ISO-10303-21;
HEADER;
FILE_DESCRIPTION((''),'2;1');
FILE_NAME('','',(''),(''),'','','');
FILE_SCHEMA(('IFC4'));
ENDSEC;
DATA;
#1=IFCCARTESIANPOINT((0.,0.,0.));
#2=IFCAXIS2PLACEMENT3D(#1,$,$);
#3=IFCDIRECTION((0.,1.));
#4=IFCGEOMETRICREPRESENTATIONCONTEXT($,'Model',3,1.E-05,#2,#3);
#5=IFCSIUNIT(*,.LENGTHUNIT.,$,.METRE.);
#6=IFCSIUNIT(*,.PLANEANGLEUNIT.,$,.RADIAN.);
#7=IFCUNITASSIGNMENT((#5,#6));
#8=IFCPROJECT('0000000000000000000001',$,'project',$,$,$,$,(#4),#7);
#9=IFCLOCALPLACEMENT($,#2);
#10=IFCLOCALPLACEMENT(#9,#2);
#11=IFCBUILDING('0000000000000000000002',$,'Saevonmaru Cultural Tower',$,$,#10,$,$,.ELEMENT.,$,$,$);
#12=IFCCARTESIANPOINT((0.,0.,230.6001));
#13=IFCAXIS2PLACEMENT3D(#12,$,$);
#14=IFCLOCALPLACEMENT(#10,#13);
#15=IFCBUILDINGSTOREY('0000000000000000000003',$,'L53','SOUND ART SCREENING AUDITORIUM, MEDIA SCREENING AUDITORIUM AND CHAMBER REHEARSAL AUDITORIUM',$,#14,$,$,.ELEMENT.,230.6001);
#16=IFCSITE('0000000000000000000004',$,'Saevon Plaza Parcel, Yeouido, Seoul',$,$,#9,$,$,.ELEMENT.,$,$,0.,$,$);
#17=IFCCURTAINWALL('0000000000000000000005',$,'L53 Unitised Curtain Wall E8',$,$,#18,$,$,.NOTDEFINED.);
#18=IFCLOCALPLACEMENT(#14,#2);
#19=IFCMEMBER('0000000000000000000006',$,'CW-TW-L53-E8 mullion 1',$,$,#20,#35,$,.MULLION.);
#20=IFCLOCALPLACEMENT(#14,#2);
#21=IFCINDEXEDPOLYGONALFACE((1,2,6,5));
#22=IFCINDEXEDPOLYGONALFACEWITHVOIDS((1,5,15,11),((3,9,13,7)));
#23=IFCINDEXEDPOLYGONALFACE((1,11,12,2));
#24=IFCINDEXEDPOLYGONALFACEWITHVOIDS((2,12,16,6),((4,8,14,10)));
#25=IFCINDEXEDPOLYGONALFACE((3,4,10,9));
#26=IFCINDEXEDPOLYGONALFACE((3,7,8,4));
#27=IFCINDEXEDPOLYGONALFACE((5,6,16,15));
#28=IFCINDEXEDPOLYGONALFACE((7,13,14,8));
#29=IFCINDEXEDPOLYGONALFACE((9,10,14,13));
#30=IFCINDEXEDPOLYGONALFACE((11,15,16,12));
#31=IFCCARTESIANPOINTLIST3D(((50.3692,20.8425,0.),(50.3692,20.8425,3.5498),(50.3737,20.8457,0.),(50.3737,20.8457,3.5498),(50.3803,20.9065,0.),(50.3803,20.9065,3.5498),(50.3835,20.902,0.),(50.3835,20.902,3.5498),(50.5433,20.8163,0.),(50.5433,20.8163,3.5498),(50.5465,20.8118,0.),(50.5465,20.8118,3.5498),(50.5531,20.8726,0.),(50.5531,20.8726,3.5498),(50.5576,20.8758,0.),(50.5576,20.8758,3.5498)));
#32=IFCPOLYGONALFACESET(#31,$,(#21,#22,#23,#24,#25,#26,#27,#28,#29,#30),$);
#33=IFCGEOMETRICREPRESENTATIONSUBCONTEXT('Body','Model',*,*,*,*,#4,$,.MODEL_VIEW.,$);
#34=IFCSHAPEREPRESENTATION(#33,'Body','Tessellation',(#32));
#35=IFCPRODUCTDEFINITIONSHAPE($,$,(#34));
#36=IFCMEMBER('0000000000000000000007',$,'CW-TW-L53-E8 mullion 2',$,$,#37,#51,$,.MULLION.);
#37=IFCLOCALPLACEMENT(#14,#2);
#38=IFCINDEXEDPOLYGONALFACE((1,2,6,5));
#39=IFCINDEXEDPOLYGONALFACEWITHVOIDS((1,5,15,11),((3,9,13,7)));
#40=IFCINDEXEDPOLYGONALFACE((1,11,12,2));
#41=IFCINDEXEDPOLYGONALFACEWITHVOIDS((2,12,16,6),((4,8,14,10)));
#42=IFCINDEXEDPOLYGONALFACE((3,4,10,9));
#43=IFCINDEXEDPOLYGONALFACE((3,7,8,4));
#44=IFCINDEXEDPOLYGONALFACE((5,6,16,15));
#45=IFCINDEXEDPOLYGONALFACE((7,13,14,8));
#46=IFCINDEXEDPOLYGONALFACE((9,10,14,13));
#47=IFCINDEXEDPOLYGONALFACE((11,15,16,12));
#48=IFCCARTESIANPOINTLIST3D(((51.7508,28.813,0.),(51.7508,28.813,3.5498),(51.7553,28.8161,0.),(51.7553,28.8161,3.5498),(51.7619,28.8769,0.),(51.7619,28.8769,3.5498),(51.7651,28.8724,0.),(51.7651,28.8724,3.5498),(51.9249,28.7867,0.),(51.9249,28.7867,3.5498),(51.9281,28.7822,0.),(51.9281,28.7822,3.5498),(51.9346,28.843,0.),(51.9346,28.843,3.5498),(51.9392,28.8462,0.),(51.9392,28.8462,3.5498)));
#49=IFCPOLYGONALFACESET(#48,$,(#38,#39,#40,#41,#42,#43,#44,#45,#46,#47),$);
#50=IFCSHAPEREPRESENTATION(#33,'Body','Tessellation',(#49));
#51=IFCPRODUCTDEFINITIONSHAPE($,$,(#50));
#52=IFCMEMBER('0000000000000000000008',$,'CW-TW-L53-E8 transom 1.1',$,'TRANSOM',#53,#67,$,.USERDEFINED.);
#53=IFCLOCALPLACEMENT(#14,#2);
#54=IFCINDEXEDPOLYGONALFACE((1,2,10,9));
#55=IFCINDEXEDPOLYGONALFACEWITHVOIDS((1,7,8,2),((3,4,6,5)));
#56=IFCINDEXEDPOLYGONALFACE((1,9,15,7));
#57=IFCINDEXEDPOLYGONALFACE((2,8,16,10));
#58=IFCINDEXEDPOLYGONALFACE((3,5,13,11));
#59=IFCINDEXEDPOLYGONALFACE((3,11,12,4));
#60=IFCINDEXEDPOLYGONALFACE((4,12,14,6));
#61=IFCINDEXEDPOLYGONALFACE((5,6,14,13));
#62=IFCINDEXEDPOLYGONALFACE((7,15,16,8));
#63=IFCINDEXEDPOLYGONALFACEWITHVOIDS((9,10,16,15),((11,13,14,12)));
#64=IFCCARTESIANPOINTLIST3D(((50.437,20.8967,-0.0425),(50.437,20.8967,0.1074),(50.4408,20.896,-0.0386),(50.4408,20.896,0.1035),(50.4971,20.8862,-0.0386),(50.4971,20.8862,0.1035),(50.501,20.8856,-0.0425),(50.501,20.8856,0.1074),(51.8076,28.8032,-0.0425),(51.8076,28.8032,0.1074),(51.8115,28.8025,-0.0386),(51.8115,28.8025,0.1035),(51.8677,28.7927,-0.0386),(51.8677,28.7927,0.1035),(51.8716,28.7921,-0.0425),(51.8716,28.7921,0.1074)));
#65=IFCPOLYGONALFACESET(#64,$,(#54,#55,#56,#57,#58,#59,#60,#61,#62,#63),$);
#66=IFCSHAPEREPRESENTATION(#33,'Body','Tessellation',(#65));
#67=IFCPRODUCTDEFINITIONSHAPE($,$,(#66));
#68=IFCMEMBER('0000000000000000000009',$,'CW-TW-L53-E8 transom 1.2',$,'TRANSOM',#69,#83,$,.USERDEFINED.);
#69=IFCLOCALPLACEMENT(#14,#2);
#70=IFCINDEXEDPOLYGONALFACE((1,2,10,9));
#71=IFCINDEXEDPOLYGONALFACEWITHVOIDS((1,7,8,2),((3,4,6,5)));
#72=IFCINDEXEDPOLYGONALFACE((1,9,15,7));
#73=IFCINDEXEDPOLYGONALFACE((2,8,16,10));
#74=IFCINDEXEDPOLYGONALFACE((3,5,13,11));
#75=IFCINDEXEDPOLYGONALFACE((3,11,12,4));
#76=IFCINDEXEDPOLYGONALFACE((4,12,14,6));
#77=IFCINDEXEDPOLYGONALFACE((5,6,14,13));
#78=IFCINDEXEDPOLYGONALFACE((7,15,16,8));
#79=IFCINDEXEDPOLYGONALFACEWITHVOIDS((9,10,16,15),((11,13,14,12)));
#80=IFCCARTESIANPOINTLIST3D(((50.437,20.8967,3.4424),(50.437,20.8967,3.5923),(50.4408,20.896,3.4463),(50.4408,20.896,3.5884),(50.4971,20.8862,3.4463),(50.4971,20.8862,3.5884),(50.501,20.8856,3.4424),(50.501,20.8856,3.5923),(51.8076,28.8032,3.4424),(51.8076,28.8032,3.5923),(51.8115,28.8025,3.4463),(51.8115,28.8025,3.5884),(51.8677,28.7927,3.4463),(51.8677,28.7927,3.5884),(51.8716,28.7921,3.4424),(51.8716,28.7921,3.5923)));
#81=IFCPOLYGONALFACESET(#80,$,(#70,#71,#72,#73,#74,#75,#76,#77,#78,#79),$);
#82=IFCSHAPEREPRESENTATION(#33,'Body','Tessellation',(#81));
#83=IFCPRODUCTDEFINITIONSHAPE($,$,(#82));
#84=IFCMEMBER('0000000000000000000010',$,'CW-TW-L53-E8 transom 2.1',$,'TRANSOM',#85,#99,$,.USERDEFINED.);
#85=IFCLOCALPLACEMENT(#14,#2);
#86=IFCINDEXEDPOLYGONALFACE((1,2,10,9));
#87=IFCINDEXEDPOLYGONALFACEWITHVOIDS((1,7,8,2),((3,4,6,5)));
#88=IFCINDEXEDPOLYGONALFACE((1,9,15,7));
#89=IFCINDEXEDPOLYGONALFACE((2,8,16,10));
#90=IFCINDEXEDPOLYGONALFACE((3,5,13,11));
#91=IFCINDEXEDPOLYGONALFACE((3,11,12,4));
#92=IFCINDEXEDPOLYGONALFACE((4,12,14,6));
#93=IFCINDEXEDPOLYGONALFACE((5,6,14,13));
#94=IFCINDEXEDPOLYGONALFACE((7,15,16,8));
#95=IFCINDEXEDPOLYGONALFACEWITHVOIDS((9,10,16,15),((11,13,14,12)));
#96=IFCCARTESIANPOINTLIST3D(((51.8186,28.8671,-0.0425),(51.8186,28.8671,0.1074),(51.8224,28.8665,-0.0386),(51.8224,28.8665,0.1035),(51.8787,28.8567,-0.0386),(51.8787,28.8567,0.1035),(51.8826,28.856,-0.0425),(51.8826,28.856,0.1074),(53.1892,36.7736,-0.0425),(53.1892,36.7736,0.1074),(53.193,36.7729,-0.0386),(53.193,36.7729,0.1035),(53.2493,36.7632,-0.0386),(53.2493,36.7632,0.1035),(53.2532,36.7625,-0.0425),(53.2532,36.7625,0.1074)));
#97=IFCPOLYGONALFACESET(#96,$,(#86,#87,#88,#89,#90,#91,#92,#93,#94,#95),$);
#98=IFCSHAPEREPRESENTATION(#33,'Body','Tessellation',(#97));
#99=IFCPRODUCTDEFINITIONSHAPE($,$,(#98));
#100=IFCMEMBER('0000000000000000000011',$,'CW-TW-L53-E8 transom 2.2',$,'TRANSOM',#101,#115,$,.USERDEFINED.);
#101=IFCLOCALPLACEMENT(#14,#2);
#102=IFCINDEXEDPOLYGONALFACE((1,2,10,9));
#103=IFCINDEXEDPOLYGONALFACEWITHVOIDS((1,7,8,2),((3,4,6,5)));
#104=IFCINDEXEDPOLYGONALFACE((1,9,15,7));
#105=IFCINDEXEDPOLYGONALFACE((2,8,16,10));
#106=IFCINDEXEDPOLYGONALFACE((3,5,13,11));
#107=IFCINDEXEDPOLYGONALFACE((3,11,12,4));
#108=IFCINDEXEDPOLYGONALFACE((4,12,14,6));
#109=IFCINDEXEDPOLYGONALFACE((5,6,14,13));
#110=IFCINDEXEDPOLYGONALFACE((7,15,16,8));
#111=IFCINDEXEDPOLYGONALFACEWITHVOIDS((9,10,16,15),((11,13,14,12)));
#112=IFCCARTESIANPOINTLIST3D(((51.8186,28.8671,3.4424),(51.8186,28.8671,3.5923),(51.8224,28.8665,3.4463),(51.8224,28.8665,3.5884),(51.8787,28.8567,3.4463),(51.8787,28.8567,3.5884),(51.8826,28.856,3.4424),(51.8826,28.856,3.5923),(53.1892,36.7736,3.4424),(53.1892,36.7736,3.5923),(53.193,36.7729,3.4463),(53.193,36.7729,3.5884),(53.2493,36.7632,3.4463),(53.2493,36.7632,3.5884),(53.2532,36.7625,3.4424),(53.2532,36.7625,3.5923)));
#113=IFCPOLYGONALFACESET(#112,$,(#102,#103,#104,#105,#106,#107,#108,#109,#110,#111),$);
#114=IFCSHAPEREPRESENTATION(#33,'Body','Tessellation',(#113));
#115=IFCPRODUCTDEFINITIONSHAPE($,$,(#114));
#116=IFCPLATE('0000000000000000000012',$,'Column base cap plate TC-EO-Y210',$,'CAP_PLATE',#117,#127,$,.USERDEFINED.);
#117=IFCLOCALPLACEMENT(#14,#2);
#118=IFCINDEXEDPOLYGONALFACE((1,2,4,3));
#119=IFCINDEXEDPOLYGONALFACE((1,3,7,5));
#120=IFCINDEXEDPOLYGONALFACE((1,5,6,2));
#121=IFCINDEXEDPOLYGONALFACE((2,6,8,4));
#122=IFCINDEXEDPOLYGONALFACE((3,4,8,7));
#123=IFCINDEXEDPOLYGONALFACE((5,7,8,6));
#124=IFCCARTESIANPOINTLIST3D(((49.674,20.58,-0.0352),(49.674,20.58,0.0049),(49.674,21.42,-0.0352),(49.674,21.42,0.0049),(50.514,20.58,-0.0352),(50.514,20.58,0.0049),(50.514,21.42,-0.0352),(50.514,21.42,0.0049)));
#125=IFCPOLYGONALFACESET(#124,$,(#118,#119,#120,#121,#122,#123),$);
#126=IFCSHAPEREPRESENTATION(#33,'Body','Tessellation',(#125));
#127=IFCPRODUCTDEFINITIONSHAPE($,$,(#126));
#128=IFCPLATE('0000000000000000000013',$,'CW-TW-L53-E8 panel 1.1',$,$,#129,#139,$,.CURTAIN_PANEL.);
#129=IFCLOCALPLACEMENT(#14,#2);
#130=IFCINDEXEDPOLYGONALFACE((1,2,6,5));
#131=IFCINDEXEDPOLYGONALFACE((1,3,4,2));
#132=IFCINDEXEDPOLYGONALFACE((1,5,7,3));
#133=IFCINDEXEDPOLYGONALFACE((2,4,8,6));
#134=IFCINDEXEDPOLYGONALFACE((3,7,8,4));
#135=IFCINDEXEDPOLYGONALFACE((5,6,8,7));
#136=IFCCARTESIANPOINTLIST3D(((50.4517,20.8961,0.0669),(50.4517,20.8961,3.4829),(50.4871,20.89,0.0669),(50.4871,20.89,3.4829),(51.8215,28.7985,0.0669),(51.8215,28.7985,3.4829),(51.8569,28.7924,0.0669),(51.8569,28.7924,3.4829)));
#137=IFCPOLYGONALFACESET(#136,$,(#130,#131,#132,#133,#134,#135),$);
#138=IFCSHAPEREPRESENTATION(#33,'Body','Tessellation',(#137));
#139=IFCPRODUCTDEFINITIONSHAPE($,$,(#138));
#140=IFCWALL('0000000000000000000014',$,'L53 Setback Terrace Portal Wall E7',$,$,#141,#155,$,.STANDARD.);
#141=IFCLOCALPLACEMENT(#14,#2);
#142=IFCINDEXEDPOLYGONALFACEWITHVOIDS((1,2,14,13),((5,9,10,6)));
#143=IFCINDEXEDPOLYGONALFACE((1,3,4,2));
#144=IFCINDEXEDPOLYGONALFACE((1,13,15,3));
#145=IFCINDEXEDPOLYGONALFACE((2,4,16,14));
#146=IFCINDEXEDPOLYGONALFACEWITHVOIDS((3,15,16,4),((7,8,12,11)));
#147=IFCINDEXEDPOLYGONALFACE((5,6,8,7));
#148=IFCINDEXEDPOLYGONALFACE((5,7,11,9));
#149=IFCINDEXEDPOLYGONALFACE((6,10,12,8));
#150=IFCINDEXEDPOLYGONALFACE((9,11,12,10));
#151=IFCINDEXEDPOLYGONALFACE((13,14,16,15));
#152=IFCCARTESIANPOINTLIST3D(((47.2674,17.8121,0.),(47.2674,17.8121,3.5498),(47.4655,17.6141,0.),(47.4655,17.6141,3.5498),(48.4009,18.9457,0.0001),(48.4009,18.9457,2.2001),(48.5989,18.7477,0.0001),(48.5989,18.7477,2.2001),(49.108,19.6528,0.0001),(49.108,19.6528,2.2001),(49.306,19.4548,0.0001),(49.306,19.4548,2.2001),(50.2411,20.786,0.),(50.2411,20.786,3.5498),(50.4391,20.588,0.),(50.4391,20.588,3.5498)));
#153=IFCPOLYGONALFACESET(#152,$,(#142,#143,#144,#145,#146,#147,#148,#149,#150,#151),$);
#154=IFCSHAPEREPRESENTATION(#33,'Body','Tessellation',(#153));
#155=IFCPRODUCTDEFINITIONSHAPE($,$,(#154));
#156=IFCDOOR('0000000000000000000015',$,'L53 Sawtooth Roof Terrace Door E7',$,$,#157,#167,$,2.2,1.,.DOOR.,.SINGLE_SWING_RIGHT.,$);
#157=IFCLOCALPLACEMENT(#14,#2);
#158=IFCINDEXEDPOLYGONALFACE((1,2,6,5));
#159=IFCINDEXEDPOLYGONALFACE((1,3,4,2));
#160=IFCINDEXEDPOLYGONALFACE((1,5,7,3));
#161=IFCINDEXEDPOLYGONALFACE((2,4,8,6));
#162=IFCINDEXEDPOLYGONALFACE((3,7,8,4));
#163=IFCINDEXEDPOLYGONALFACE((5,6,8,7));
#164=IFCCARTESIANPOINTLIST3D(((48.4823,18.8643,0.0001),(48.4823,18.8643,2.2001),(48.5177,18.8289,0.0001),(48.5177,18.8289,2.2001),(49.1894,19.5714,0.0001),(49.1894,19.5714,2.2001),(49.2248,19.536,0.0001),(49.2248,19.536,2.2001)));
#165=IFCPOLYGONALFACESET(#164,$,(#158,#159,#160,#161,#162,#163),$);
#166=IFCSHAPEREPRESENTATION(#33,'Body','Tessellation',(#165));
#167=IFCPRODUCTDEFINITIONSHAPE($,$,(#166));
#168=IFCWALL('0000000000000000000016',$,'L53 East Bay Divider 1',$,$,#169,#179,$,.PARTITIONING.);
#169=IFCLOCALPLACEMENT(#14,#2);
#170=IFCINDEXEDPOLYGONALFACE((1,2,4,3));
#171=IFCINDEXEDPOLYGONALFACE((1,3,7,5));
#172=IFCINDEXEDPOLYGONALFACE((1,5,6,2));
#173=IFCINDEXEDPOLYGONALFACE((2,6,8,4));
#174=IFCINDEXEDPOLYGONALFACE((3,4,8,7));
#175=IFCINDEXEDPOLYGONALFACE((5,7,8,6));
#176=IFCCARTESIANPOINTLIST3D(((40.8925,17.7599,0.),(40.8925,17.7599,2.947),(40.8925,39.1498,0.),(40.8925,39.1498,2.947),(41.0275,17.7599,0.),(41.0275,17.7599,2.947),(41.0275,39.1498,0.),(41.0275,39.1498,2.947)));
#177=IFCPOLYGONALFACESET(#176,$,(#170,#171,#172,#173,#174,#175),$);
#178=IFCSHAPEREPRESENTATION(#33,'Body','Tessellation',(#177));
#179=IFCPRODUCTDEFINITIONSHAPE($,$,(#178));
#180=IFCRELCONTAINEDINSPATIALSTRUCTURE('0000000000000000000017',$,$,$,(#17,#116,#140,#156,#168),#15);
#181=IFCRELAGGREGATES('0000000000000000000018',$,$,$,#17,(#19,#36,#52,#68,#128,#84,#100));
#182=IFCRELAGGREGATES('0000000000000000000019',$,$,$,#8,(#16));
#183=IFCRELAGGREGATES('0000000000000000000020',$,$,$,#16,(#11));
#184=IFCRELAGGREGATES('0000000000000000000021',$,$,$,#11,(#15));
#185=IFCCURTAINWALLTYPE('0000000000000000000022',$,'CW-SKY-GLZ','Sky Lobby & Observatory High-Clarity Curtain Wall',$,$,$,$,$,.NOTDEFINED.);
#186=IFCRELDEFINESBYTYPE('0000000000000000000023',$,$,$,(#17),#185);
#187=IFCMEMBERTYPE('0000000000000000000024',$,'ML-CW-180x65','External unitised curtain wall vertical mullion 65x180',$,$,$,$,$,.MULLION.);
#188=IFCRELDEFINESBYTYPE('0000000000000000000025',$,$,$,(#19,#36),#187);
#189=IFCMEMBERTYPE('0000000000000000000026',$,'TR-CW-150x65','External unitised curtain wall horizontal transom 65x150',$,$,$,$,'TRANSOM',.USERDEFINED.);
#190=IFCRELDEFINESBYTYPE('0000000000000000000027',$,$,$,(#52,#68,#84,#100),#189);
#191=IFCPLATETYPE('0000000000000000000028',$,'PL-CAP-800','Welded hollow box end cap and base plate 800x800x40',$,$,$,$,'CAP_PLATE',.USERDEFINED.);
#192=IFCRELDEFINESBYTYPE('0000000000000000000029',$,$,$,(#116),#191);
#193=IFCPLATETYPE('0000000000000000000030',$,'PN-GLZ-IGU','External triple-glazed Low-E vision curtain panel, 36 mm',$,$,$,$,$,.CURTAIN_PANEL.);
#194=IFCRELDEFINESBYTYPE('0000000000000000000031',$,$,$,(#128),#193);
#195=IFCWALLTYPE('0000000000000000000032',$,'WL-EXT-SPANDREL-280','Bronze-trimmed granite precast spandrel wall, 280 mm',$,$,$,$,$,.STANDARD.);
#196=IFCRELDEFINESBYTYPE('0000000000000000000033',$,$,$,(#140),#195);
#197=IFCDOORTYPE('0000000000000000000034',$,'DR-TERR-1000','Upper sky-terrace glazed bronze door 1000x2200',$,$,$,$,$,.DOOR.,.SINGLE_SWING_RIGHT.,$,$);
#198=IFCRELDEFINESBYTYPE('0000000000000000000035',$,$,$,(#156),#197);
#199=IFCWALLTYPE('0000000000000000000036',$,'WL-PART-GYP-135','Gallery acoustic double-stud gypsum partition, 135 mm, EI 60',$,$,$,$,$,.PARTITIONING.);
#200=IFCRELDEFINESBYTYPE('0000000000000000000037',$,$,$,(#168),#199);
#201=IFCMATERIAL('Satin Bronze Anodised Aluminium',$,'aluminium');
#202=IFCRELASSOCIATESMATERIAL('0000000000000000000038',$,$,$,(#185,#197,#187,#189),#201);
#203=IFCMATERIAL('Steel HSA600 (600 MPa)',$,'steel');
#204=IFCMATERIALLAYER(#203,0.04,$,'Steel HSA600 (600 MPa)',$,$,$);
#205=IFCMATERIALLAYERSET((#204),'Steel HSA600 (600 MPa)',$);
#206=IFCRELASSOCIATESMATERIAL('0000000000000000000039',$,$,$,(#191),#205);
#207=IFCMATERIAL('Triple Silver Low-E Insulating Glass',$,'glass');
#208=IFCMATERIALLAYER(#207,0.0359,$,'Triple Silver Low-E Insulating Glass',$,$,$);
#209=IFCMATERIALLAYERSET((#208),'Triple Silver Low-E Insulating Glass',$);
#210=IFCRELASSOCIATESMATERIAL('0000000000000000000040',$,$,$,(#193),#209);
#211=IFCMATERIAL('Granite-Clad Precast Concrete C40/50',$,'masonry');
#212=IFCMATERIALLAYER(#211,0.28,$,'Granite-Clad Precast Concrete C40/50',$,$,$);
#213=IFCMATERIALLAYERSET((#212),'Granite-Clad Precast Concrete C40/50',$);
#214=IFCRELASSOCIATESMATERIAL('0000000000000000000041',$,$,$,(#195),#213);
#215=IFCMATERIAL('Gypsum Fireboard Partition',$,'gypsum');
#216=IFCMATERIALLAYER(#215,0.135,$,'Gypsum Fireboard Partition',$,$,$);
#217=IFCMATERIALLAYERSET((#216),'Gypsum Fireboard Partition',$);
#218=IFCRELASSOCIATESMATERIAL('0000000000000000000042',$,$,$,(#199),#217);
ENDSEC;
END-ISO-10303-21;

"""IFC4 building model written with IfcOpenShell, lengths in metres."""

from ifc_helpers import new_model, si_unit, direction, frame, frame_2d, origin, origin_2d, place, context, subcontext, project, spatial, rectangle, hollow_rectangle, extrude, material, layer, layer_set, material_profile, profile_set, type_object, element, fill, aggregate, save


model = new_model("IFC4")

# Units and contexts
model_context = context("Model", 3, precision=1e-05, world=origin(), true_north=direction((0.0, 1.0)))
body_context = subcontext(model_context, "Body", "Model", "MODEL_VIEW")
ifc_project = project(units=[si_unit("LENGTHUNIT", "METRE"), si_unit("PLANEANGLEUNIT", "RADIAN")], contexts=[model_context])

# Site, building, storey
site_placement = place(None, origin())
site = spatial("IfcSite", under=ifc_project, at=site_placement, Name="Saevon Plaza Parcel, Yeouido, Seoul", CompositionType="ELEMENT", RefElevation=0.0)
building_placement = place(site_placement, origin())
building = spatial("IfcBuilding", under=site, at=building_placement, Name="Saevonmaru Cultural Tower", CompositionType="ELEMENT")
storey_placement = place(building_placement, frame((0.0, 0.0, 230.6001)))
storey = spatial("IfcBuildingStorey", under=building, at=storey_placement, Name="L53", Description="SOUND ART SCREENING AUDITORIUM, MEDIA SCREENING AUDITORIUM AND CHAMBER REHEARSAL AUDITORIUM", CompositionType="ELEMENT", Elevation=230.6001)

# Curtain wall, members
ifc_material_1 = material(Name="Satin Bronze Anodised Aluminium", Category="aluminium")
curtain_wall_type = type_object("IfcCurtainWallType", Name="CW-SKY-GLZ", Description="Sky Lobby & Observatory High-Clarity Curtain Wall", PredefinedType="NOTDEFINED", material=ifc_material_1)
curtain_wall_placement = place(storey_placement, origin())
curtain_wall = element("IfcCurtainWall", 1, at=curtain_wall_placement, inside=storey, type_object=curtain_wall_type, Name="L53 Unitised Curtain Wall E8", PredefinedType="NOTDEFINED")
ifc_material_profile_1 = material_profile(ifc_material_1, hollow_rectangle(XDim=0.0649, YDim=0.1799, WallThickness=0.0039, at=origin_2d()), Name="ALU-MULL-180x65x4")
ifc_profile_set_1 = profile_set([ifc_material_profile_1], Name="Satin Bronze Anodised Aluminium")
member_type_1 = type_object("IfcMemberType", Name="ML-CW-180x65", Description="External unitised curtain wall vertical mullion 65x180", PredefinedType="MULLION", material=ifc_profile_set_1)
member_1_placement = place(storey_placement, frame((50.4634, 20.8591, 0.0), z_axis=(0.0, 0.0, 1.0), x_axis=(0.17079, 0.985307, 0.0)))
member_1 = element("IfcMember", 2, at=member_1_placement, type_object=member_type_1, Name="CW-TW-L53-E8 mullion 1", PredefinedType="MULLION", context=body_context, shape_type="SweptSolid", body=[
    extrude(hollow_rectangle(XDim=0.0649, YDim=0.1799, WallThickness=0.0039, at=origin_2d()), origin(), (0.0, 0.0, 1.0), 3.5498),
])
member_2_placement = place(storey_placement, frame((51.845, 28.8296, 0.0), z_axis=(0.0, 0.0, 1.0), x_axis=(0.17079, 0.985307, 0.0)))
member_2 = element("IfcMember", 3, at=member_2_placement, type_object=member_type_1, Name="CW-TW-L53-E8 mullion 2", PredefinedType="MULLION", context=body_context, shape_type="SweptSolid", body=[
    extrude(hollow_rectangle(XDim=0.0649, YDim=0.1799, WallThickness=0.0039, at=origin_2d()), origin(), (0.0, 0.0, 1.0), 3.5498),
])
ifc_material_profile_2 = material_profile(ifc_material_1, hollow_rectangle(XDim=0.0649, YDim=0.1499, WallThickness=0.0039, at=origin_2d()), Name="ALU-TRAN-150x65x4")
ifc_profile_set_2 = profile_set([ifc_material_profile_2], Name="Satin Bronze Anodised Aluminium")
member_type_2 = type_object("IfcMemberType", Name="TR-CW-150x65", Description="External unitised curtain wall horizontal transom 65x150", ElementType="TRANSOM", PredefinedType="USERDEFINED", material=ifc_profile_set_2)
member_3_placement = place(storey_placement, frame((50.469, 20.8911, 0.0325), z_axis=(0.170804, 0.985305, 0.0), x_axis=(-0.985305, 0.170804, 0.0)))
member_3 = element("IfcMember", 4, at=member_3_placement, type_object=member_type_2, Name="CW-TW-L53-E8 transom 1.1", ObjectType="TRANSOM", PredefinedType="USERDEFINED", context=body_context, shape_type="SweptSolid", body=[
    extrude(hollow_rectangle(XDim=0.0649, YDim=0.1499, WallThickness=0.0039, at=origin_2d()), origin(), (0.0, 0.0, 1.0), 8.0244),
])
member_4_placement = place(storey_placement, frame((50.469, 20.8911, 3.5173), z_axis=(0.170804, 0.985305, 0.0), x_axis=(-0.985305, 0.170804, 0.0)))
member_4 = element("IfcMember", 5, at=member_4_placement, type_object=member_type_2, Name="CW-TW-L53-E8 transom 1.2", ObjectType="TRANSOM", PredefinedType="USERDEFINED", context=body_context, shape_type="SweptSolid", body=[
    extrude(hollow_rectangle(XDim=0.0649, YDim=0.1499, WallThickness=0.0039, at=origin_2d()), origin(), (0.0, 0.0, 1.0), 8.0244),
])
member_5_placement = place(storey_placement, frame((51.8506, 28.8616, 0.0325), z_axis=(0.170804, 0.985305, 0.0), x_axis=(-0.985305, 0.170804, 0.0)))
member_5 = element("IfcMember", 6, at=member_5_placement, type_object=member_type_2, Name="CW-TW-L53-E8 transom 2.1", ObjectType="TRANSOM", PredefinedType="USERDEFINED", context=body_context, shape_type="SweptSolid", body=[
    extrude(hollow_rectangle(XDim=0.0649, YDim=0.1499, WallThickness=0.0039, at=origin_2d()), origin(), (0.0, 0.0, 1.0), 8.0244),
])
member_6_placement = place(storey_placement, frame((51.8506, 28.8616, 3.5173), z_axis=(0.170804, 0.985305, 0.0), x_axis=(-0.985305, 0.170804, 0.0)))
member_6 = element("IfcMember", 7, at=member_6_placement, type_object=member_type_2, Name="CW-TW-L53-E8 transom 2.2", ObjectType="TRANSOM", PredefinedType="USERDEFINED", context=body_context, shape_type="SweptSolid", body=[
    extrude(hollow_rectangle(XDim=0.0649, YDim=0.1499, WallThickness=0.0039, at=origin_2d()), origin(), (0.0, 0.0, 1.0), 8.0244),
])

# Plates
ifc_material_2 = material(Name="Steel HSA600 (600 MPa)", Category="steel")
ifc_layer_1 = layer(ifc_material_2, 0.04, Name="Steel HSA600 (600 MPa)")
ifc_layer_set_1 = layer_set([ifc_layer_1], Name="Steel HSA600 (600 MPa)")
plate_type_1 = type_object("IfcPlateType", Name="PL-CAP-800", Description="Welded hollow box end cap and base plate 800x800x40", ElementType="CAP_PLATE", PredefinedType="USERDEFINED", material=ifc_layer_set_1)
plate_1_placement = place(storey_placement, frame((50.094, 21.0, -0.0352), z_axis=(0.0, 0.0, 1.0), x_axis=(1.0, 0.0, 0.0)))
element("IfcPlate", 8, at=plate_1_placement, inside=storey, type_object=plate_type_1, Name="Column base cap plate TC-EO-Y210", ObjectType="CAP_PLATE", PredefinedType="USERDEFINED", context=body_context, shape_type="SweptSolid", body=[
    extrude(rectangle(XDim=0.8401, YDim=0.8401, at=origin_2d()), origin(), (0.0, 0.0, 1.0), 0.04),
])
ifc_material_3 = material(Name="Triple Silver Low-E Insulating Glass", Category="glass")
ifc_layer_2 = layer(ifc_material_3, 0.0359, Name="Triple Silver Low-E Insulating Glass")
ifc_layer_set_2 = layer_set([ifc_layer_2], Name="Triple Silver Low-E Insulating Glass")
plate_type_2 = type_object("IfcPlateType", Name="PN-GLZ-IGU", Description="External triple-glazed Low-E vision curtain panel, 36 mm", PredefinedType="CURTAIN_PANEL", material=ifc_layer_set_2)
plate_2_placement = place(storey_placement, frame((51.1543, 24.8442, 0.0669), z_axis=(0.0, 0.0, 1.0), x_axis=(0.17079, 0.985307, 0.0)))
plate_2 = element("IfcPlate", 9, at=plate_2_placement, type_object=plate_type_2, Name="CW-TW-L53-E8 panel 1.1", PredefinedType="CURTAIN_PANEL", context=body_context, shape_type="SweptSolid", body=[
    extrude(rectangle(XDim=8.0203, YDim=0.0359, at=origin_2d()), origin(), (0.0, 0.0, 1.0), 3.416),
])
aggregate(curtain_wall, [member_1, member_2, member_3, member_4, plate_2, member_5, member_6])

# Wall, opening, door
ifc_material_4 = material(Name="Granite-Clad Precast Concrete C40/50", Category="masonry")
ifc_layer_3 = layer(ifc_material_4, 0.28, Name="Granite-Clad Precast Concrete C40/50")
ifc_layer_set_3 = layer_set([ifc_layer_3], Name="Granite-Clad Precast Concrete C40/50")
wall_type_1 = type_object("IfcWallType", Name="WL-EXT-SPANDREL-280", Description="Bronze-trimmed granite precast spandrel wall, 280 mm", PredefinedType="STANDARD", material=ifc_layer_set_3)
wall_placement = place(storey_placement, frame((47.3665, 17.7131, 0.0), z_axis=(0.0, 0.0, 1.0), x_axis=(0.707078, 0.707136, 0.0)))
wall = element("IfcWall", 10, at=wall_placement, inside=storey, type_object=wall_type_1, Name="L53 Setback Terrace Portal Wall E7", PredefinedType="STANDARD", context=body_context, shape_type="SweptSolid", body=[
    extrude(rectangle(XDim=4.2056, YDim=0.28, at=frame_2d((2.1028, 0.0))), origin(), (0.0, 0.0, 1.0), 3.5498),
])
opening_placement = place(wall_placement, frame((1.603, 0.0, 0.0)))
opening = element("IfcOpeningElement", 11, at=opening_placement, cuts=wall, PredefinedType="OPENING", context=body_context, shape_type="SweptSolid", body=[
    extrude(rectangle(XDim=1.0, YDim=2.2, at=frame_2d((0.5, 1.1001))), frame((0.0, 0.1499, 0.0), z_axis=(0.0, -1.0, 0.0), x_axis=(1.0, 0.0, 0.0)), (0.0, 0.0, 1.0), 0.3),
])
door_type = type_object("IfcDoorType", Name="DR-TERR-1000", Description="Upper sky-terrace glazed bronze door 1000x2200", OperationType="SINGLE_SWING_RIGHT", PredefinedType="DOOR", material=ifc_material_1)
door_placement = place(opening_placement, origin())
door = element("IfcDoor", 12, at=door_placement, inside=storey, type_object=door_type, Name="L53 Sawtooth Roof Terrace Door E7", OperationType="SINGLE_SWING_RIGHT", OverallHeight=2.2, OverallWidth=1.0, PredefinedType="DOOR", context=body_context, shape_type="SweptSolid", body=[
    extrude(rectangle(XDim=1.0, YDim=2.2, at=frame_2d((0.5, 1.1001))), frame((0.0, 0.0249, 0.0), z_axis=(0.0, -1.0, 0.0), x_axis=(1.0, 0.0, 0.0)), (0.0, 0.0, 1.0), 0.05),
])
fill(opening, door)

# Wall
ifc_material_5 = material(Name="Gypsum Fireboard Partition", Category="gypsum")
ifc_layer_4 = layer(ifc_material_5, 0.135, Name="Gypsum Fireboard Partition")
ifc_layer_set_4 = layer_set([ifc_layer_4], Name="Gypsum Fireboard Partition")
wall_type_2 = type_object("IfcWallType", Name="WL-PART-GYP-135", Description="Gallery acoustic double-stud gypsum partition, 135 mm, EI 60", PredefinedType="PARTITIONING", material=ifc_layer_set_4)
for number, where, z_axis, x_axis, name in (
    (13, (40.96, 17.76, 0.0), (0.0, 0.0, 1.0), (0.0, 1.0, 0.0), "L53 East Bay Divider 1"),
):
    element("IfcWall", number, at=place(storey_placement, frame(where, z_axis=z_axis, x_axis=x_axis)), inside=storey, type_object=wall_type_2, Name=name, PredefinedType="PARTITIONING", context=body_context, shape_type="SweptSolid", body=[
        extrude(rectangle(XDim=21.3899, YDim=0.135, at=frame_2d((10.6948, 0.0))), origin(), (0.0, 0.0, 1.0), 2.947),
    ])

save(model, "model.ifc")
